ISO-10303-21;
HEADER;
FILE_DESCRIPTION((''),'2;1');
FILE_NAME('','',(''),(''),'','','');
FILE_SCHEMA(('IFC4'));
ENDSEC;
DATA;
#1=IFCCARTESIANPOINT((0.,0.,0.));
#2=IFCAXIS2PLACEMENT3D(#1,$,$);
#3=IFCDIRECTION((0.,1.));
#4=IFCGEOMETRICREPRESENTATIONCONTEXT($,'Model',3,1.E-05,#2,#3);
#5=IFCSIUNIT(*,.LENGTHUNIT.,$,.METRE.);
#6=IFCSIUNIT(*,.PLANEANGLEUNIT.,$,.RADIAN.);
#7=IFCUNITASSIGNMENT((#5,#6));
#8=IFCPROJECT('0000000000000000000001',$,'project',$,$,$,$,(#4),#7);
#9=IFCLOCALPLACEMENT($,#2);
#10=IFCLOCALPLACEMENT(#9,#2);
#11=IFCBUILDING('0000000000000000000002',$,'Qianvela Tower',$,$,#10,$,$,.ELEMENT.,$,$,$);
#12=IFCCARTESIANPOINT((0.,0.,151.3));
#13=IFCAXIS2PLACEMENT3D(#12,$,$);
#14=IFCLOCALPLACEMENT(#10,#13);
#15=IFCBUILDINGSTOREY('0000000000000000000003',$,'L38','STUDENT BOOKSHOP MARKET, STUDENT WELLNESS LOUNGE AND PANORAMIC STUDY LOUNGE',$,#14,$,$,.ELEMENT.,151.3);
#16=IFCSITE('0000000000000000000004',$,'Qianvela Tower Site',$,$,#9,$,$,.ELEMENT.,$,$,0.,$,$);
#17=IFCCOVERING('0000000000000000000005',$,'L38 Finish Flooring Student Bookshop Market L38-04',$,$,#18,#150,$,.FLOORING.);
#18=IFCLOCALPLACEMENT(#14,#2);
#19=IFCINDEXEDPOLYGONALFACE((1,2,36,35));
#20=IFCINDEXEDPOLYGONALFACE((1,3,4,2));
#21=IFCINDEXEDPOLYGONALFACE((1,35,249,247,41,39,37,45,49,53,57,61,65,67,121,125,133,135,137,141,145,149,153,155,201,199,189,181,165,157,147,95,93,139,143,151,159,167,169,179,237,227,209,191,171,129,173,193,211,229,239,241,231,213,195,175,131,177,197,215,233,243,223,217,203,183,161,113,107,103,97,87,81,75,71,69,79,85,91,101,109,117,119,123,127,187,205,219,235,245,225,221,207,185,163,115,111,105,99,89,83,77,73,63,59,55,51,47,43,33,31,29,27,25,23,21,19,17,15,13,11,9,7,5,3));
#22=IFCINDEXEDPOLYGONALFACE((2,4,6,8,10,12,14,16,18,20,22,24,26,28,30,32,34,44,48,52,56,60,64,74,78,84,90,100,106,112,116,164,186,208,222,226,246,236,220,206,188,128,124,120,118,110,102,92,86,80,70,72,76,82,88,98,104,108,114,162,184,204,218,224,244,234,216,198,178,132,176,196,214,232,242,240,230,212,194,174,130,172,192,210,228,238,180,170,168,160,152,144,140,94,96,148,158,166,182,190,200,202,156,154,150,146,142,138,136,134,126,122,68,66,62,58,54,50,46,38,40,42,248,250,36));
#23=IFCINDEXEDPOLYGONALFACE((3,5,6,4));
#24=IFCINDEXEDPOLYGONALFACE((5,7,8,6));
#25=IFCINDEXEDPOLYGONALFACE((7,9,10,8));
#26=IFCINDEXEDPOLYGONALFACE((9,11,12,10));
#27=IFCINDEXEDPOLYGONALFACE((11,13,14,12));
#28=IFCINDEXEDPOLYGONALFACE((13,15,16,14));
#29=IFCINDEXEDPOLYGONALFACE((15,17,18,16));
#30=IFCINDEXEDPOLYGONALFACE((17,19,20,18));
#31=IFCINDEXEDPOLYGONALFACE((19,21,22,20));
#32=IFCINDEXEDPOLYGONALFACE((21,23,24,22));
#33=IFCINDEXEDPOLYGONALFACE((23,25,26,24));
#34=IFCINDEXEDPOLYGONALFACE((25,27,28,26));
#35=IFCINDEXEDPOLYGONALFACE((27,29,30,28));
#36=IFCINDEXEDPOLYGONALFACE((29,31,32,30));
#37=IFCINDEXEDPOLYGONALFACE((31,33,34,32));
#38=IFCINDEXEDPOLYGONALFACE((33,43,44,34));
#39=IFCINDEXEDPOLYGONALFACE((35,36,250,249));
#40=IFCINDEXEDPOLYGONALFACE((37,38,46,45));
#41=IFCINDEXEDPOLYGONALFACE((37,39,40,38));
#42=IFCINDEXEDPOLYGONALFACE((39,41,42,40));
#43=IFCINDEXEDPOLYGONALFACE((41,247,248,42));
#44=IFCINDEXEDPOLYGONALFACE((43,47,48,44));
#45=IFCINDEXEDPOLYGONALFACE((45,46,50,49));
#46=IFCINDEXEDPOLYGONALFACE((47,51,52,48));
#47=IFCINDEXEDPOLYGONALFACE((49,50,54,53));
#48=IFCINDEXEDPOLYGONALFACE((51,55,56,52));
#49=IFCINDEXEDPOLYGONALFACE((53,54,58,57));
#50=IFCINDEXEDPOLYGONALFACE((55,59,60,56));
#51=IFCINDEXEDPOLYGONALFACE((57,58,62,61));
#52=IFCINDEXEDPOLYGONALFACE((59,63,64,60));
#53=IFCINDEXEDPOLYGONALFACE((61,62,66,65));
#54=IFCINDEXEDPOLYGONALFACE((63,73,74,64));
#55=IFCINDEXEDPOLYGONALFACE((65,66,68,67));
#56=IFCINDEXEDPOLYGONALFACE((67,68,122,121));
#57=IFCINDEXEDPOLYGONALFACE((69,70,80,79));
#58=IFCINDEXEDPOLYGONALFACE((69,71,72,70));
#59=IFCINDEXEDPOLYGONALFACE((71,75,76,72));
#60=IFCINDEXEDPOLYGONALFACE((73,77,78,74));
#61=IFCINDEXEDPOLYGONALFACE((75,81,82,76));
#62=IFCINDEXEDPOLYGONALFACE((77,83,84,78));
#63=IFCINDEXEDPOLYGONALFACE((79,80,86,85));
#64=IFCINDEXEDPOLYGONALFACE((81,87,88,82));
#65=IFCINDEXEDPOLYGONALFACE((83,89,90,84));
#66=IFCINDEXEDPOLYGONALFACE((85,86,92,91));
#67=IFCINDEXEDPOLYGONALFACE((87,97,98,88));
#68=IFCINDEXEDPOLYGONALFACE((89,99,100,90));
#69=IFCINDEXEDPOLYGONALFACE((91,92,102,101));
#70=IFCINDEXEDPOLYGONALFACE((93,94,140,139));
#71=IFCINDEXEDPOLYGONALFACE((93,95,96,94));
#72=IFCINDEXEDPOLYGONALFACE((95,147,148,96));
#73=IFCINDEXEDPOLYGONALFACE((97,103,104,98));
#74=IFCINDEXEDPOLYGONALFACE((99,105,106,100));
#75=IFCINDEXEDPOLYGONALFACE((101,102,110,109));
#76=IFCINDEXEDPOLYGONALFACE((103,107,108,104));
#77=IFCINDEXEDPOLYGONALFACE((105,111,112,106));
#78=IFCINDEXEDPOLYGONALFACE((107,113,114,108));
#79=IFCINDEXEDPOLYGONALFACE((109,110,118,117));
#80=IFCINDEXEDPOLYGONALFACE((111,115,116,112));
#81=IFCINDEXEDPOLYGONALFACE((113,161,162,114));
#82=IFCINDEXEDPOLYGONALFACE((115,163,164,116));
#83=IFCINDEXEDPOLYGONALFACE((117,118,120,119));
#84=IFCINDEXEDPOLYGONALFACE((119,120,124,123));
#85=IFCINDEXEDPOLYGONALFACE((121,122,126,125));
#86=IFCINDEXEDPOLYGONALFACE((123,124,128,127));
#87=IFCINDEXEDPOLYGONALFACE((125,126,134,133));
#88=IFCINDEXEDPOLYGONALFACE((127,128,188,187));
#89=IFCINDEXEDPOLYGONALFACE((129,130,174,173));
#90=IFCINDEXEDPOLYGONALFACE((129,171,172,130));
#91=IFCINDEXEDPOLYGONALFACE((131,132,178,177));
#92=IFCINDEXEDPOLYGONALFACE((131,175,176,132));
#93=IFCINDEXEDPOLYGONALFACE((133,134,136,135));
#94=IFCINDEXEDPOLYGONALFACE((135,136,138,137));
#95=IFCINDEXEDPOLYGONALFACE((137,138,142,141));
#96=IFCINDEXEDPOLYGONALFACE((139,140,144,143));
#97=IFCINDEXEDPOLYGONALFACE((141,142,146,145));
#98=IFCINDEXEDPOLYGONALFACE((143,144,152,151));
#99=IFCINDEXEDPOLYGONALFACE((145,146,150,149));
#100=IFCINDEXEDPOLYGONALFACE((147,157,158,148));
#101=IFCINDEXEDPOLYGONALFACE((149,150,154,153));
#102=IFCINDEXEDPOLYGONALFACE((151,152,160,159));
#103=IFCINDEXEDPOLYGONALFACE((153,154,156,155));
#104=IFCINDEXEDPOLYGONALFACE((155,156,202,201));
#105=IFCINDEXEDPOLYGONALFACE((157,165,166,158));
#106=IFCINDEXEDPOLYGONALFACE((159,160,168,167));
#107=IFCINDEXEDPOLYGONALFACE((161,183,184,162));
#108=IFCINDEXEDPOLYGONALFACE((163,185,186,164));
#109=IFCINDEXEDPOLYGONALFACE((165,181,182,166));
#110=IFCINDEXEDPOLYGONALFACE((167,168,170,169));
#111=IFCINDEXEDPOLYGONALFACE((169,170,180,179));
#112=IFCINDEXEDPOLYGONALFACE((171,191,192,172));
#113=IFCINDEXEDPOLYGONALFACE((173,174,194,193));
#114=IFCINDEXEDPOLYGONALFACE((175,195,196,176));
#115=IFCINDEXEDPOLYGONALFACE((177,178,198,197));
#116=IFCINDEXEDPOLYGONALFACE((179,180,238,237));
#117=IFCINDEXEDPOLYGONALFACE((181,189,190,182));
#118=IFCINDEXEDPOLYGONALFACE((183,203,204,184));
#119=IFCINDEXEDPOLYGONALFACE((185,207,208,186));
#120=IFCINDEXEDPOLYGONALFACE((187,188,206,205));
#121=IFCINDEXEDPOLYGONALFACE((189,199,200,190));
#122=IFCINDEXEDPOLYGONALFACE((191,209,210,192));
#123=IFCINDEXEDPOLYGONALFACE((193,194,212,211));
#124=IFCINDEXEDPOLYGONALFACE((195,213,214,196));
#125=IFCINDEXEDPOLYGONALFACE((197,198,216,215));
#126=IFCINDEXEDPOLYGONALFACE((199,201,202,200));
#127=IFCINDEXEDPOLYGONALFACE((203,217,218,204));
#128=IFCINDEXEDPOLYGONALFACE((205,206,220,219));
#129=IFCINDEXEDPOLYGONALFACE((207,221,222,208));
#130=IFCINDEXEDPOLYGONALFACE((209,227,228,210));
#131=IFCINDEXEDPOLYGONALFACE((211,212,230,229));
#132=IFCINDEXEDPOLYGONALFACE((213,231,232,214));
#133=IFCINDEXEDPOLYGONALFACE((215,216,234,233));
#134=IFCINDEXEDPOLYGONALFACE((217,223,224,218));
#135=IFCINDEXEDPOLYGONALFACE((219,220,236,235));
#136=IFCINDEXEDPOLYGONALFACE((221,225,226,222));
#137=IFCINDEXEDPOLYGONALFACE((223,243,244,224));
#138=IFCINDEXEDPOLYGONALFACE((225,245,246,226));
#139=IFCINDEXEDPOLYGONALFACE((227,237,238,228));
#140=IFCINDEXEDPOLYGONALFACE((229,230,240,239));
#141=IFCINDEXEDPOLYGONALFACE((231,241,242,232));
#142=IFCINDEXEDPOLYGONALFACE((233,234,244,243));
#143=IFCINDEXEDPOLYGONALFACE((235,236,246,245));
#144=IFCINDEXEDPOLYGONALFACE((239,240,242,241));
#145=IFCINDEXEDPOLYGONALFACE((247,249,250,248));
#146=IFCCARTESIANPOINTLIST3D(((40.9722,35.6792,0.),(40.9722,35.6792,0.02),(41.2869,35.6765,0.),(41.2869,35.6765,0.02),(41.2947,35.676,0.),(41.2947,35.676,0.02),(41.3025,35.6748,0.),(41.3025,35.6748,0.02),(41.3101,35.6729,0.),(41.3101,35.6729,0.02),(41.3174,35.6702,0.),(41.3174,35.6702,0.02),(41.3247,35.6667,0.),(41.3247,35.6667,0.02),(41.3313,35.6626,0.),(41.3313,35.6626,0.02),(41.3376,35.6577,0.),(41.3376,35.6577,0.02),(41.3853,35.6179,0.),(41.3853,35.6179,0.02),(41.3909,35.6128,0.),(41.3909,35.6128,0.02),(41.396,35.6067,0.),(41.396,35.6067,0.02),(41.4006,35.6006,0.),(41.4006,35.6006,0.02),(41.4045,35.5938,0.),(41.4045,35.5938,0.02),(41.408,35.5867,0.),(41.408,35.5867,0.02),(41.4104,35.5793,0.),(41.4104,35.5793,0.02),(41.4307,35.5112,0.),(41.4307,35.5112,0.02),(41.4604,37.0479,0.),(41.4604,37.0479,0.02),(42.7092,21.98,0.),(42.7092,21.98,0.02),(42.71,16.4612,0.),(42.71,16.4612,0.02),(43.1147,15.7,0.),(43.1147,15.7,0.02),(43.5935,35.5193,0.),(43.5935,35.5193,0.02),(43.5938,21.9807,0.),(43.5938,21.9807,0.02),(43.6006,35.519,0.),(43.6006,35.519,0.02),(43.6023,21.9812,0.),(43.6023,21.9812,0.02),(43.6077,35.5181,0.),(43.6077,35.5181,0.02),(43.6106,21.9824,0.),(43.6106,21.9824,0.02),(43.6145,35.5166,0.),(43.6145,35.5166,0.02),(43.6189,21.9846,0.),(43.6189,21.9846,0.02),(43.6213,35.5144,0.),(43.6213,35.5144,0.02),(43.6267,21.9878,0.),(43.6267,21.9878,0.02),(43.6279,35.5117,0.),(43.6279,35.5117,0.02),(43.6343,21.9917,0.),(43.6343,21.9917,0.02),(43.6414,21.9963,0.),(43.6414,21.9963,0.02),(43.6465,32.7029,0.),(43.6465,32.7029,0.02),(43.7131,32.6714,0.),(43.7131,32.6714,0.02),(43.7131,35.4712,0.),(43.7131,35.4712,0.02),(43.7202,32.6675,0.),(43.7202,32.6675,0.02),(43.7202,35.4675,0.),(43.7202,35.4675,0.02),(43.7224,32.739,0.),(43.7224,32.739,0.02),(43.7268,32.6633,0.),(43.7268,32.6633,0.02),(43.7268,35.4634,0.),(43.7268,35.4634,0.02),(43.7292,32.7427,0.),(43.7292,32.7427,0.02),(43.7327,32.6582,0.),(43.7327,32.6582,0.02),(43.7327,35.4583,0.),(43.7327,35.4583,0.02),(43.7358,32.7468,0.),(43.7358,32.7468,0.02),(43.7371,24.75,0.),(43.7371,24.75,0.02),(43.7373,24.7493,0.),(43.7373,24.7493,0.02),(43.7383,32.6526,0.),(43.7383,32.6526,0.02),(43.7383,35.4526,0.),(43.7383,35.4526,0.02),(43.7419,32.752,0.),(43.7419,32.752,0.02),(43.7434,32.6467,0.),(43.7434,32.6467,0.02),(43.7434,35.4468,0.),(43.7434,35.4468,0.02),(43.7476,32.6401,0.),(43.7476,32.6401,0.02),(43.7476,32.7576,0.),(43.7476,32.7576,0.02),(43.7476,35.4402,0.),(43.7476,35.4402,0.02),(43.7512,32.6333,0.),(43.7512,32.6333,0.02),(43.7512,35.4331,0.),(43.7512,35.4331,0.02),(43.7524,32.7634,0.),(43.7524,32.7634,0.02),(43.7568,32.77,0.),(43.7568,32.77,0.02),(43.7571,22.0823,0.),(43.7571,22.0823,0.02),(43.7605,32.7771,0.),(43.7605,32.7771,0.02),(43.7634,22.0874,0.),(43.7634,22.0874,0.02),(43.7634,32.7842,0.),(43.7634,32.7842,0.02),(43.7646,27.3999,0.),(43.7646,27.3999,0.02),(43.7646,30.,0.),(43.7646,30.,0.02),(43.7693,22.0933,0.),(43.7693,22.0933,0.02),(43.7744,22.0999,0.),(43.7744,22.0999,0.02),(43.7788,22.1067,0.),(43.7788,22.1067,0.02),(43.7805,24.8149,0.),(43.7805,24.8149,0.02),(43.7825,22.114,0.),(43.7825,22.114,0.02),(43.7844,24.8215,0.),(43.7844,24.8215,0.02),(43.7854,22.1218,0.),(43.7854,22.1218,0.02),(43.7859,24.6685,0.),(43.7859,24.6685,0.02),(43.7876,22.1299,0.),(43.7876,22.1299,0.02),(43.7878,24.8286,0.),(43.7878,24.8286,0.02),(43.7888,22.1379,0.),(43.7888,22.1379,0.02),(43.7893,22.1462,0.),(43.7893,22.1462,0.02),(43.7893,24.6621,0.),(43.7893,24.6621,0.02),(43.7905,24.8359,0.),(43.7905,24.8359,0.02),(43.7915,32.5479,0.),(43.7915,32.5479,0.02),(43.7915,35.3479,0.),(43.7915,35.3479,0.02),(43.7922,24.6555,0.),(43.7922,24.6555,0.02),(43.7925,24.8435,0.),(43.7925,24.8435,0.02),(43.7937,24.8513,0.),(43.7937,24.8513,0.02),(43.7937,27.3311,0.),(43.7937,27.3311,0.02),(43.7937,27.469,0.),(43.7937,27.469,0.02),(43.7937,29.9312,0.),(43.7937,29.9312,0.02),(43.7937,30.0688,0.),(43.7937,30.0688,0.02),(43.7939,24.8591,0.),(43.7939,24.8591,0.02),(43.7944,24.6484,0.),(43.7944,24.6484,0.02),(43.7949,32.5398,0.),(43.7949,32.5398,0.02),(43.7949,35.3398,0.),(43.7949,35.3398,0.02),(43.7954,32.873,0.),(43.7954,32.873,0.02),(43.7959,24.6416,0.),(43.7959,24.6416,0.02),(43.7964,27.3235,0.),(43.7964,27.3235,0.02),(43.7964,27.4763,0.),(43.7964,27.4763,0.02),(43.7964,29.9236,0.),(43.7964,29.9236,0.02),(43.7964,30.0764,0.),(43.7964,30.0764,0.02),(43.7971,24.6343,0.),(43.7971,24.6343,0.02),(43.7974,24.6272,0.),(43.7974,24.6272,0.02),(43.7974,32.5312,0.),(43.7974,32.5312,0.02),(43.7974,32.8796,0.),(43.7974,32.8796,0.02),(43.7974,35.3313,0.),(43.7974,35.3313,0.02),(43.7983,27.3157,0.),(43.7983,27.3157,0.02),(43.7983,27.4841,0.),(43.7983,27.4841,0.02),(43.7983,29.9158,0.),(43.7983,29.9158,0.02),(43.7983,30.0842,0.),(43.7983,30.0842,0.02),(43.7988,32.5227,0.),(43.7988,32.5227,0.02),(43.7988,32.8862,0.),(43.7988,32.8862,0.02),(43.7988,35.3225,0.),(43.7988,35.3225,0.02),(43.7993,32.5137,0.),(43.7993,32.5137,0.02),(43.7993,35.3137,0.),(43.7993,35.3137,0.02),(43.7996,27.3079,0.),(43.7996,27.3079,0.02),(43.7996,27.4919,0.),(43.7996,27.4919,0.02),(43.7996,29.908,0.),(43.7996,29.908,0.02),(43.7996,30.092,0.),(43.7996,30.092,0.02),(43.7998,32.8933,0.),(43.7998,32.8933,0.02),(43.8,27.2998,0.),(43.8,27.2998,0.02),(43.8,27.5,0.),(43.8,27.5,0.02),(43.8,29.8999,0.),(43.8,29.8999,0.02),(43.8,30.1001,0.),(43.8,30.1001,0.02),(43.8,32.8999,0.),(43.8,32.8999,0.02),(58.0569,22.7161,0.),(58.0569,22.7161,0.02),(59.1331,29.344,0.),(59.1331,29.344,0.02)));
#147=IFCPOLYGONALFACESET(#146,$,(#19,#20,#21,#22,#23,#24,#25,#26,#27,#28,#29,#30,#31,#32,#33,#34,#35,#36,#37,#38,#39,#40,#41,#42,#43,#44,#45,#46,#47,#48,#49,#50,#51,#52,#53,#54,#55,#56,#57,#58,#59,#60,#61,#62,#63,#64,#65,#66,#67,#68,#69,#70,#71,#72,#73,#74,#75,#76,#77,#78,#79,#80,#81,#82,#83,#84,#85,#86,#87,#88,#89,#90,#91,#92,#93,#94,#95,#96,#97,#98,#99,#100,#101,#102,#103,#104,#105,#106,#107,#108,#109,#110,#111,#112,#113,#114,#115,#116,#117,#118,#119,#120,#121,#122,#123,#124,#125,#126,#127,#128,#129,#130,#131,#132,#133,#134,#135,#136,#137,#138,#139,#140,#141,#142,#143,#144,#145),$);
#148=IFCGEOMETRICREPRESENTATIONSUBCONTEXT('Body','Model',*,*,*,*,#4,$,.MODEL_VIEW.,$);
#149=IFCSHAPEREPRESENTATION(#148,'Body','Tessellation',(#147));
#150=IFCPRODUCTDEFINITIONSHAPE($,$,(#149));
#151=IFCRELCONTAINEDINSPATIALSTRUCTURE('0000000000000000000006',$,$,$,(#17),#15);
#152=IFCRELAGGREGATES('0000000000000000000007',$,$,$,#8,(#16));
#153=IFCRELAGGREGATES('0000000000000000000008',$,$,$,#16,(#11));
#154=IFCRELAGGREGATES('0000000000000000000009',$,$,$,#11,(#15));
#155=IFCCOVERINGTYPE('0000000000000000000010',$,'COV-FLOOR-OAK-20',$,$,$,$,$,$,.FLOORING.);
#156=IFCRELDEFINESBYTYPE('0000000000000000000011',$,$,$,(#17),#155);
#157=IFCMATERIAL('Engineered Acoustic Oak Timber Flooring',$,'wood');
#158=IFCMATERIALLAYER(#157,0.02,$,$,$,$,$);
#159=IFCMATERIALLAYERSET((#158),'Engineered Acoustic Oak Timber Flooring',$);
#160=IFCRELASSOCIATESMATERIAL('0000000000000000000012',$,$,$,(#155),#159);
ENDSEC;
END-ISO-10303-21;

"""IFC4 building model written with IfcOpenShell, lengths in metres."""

from ifc_helpers import new_model, si_unit, direction, frame, origin, place, context, subcontext, project, spatial, polyline, outline, extrude, material, layer, layer_set, type_object, element, save


model = new_model("IFC4")

# Units and contexts
model_context = context("Model", 3, precision=1e-05, world=origin(), true_north=direction((0.0, 1.0)))
body_context = subcontext(model_context, "Body", "Model", "MODEL_VIEW")
ifc_project = project(units=[si_unit("LENGTHUNIT", "METRE"), si_unit("PLANEANGLEUNIT", "RADIAN")], contexts=[model_context])

# Site, building, storey
site_placement = place(None, origin())
site = spatial("IfcSite", under=ifc_project, at=site_placement, Name="Qianvela Tower Site", CompositionType="ELEMENT", RefElevation=0.0)
building_placement = place(site_placement, origin())
building = spatial("IfcBuilding", under=site, at=building_placement, Name="Qianvela Tower", CompositionType="ELEMENT")
storey_placement = place(building_placement, frame((0.0, 0.0, 151.3)))
storey = spatial("IfcBuildingStorey", under=building, at=storey_placement, Name="L38", Description="STUDENT BOOKSHOP MARKET, STUDENT WELLNESS LOUNGE AND PANORAMIC STUDY LOUNGE", CompositionType="ELEMENT", Elevation=151.3)

# Covering
ifc_material_1 = material(Name="Engineered Acoustic Oak Timber Flooring", Category="wood")
ifc_layer_1 = layer(ifc_material_1, 0.02)
ifc_layer_set_1 = layer_set([ifc_layer_1], Name="Engineered Acoustic Oak Timber Flooring")
covering_type_1 = type_object("IfcCoveringType", Name="COV-FLOOR-OAK-20", PredefinedType="FLOORING", material=ifc_layer_set_1)
covering_1_placement = place(storey_placement, origin())
element("IfcCovering", 1, at=covering_1_placement, inside=storey, type_object=covering_type_1, Name="L38 Finish Flooring Student Bookshop Market L38-04", PredefinedType="FLOORING", context=body_context, shape_type="SweptSolid", body=[
    extrude(outline(polyline([(43.1147, 15.7), (42.71, 16.4612), (42.7092, 21.98), (43.5938, 21.9807), (43.6023, 21.9812), (43.6106, 21.9824), (43.6189, 21.9846), (43.6267, 21.9878), (43.6343, 21.9917), (43.6414, 21.9963), (43.7571, 22.0823), (43.7634, 22.0874), (43.7693, 22.0933), (43.7744, 22.0999), (43.7788, 22.1067), (43.7825, 22.114), (43.7854, 22.1218), (43.7876, 22.1299), (43.7888, 22.1379), (43.7893, 22.1462), (43.7974, 24.6272), (43.7971, 24.6343), (43.7959, 24.6416), (43.7944, 24.6484), (43.7922, 24.6555), (43.7893, 24.6621), (43.7859, 24.6685), (43.7373, 24.7493), (43.7371, 24.75), (43.7805, 24.8149), (43.7844, 24.8215), (43.7878, 24.8286), (43.7905, 24.8359), (43.7925, 24.8435), (43.7937, 24.8513), (43.7939, 24.8591), (43.8, 27.2998), (43.7996, 27.3079), (43.7983, 27.3157), (43.7964, 27.3235), (43.7937, 27.3311), (43.7646, 27.3999), (43.7937, 27.469), (43.7964, 27.4763), (43.7983, 27.4841), (43.7996, 27.4919), (43.8, 27.5), (43.8, 29.8999), (43.7996, 29.908), (43.7983, 29.9158), (43.7964, 29.9236), (43.7937, 29.9312), (43.7646, 30.0), (43.7937, 30.0688), (43.7964, 30.0764), (43.7983, 30.0842), (43.7996, 30.092), (43.8, 30.1001), (43.7993, 32.5137), (43.7988, 32.5227), (43.7974, 32.5312), (43.7949, 32.5398), (43.7915, 32.5479), (43.7512, 32.6333), (43.7476, 32.6401), (43.7434, 32.6467), (43.7383, 32.6526), (43.7327, 32.6582), (43.7268, 32.6633), (43.7202, 32.6675), (43.7131, 32.6714), (43.6465, 32.7029), (43.7224, 32.739), (43.7292, 32.7427), (43.7358, 32.7468), (43.7419, 32.752), (43.7476, 32.7576), (43.7524, 32.7634), (43.7568, 32.77), (43.7605, 32.7771), (43.7634, 32.7842), (43.7954, 32.873), (43.7974, 32.8796), (43.7988, 32.8862), (43.7998, 32.8933), (43.8, 32.8999), (43.7993, 35.3137), (43.7988, 35.3225), (43.7974, 35.3313), (43.7949, 35.3398), (43.7915, 35.3479), (43.7512, 35.4331), (43.7476, 35.4402), (43.7434, 35.4468), (43.7383, 35.4526), (43.7327, 35.4583), (43.7268, 35.4634), (43.7202, 35.4675), (43.7131, 35.4712), (43.6279, 35.5117), (43.6213, 35.5144), (43.6145, 35.5166), (43.6077, 35.5181), (43.6006, 35.519), (43.5935, 35.5193), (41.4307, 35.5112), (41.4104, 35.5793), (41.408, 35.5867), (41.4045, 35.5938), (41.4006, 35.6006), (41.396, 35.6067), (41.3909, 35.6128), (41.3853, 35.6179), (41.3376, 35.6577), (41.3313, 35.6626), (41.3247, 35.6667), (41.3174, 35.6702), (41.3101, 35.6729), (41.3025, 35.6748), (41.2947, 35.676), (41.2869, 35.6765), (40.9722, 35.6792), (41.4604, 37.0479), (59.1331, 29.344), (58.0569, 22.7161), (43.1147, 15.7)])), origin(), (0.0, 0.0, 1.0), 0.02),
])

save(model, "model.ifc")
